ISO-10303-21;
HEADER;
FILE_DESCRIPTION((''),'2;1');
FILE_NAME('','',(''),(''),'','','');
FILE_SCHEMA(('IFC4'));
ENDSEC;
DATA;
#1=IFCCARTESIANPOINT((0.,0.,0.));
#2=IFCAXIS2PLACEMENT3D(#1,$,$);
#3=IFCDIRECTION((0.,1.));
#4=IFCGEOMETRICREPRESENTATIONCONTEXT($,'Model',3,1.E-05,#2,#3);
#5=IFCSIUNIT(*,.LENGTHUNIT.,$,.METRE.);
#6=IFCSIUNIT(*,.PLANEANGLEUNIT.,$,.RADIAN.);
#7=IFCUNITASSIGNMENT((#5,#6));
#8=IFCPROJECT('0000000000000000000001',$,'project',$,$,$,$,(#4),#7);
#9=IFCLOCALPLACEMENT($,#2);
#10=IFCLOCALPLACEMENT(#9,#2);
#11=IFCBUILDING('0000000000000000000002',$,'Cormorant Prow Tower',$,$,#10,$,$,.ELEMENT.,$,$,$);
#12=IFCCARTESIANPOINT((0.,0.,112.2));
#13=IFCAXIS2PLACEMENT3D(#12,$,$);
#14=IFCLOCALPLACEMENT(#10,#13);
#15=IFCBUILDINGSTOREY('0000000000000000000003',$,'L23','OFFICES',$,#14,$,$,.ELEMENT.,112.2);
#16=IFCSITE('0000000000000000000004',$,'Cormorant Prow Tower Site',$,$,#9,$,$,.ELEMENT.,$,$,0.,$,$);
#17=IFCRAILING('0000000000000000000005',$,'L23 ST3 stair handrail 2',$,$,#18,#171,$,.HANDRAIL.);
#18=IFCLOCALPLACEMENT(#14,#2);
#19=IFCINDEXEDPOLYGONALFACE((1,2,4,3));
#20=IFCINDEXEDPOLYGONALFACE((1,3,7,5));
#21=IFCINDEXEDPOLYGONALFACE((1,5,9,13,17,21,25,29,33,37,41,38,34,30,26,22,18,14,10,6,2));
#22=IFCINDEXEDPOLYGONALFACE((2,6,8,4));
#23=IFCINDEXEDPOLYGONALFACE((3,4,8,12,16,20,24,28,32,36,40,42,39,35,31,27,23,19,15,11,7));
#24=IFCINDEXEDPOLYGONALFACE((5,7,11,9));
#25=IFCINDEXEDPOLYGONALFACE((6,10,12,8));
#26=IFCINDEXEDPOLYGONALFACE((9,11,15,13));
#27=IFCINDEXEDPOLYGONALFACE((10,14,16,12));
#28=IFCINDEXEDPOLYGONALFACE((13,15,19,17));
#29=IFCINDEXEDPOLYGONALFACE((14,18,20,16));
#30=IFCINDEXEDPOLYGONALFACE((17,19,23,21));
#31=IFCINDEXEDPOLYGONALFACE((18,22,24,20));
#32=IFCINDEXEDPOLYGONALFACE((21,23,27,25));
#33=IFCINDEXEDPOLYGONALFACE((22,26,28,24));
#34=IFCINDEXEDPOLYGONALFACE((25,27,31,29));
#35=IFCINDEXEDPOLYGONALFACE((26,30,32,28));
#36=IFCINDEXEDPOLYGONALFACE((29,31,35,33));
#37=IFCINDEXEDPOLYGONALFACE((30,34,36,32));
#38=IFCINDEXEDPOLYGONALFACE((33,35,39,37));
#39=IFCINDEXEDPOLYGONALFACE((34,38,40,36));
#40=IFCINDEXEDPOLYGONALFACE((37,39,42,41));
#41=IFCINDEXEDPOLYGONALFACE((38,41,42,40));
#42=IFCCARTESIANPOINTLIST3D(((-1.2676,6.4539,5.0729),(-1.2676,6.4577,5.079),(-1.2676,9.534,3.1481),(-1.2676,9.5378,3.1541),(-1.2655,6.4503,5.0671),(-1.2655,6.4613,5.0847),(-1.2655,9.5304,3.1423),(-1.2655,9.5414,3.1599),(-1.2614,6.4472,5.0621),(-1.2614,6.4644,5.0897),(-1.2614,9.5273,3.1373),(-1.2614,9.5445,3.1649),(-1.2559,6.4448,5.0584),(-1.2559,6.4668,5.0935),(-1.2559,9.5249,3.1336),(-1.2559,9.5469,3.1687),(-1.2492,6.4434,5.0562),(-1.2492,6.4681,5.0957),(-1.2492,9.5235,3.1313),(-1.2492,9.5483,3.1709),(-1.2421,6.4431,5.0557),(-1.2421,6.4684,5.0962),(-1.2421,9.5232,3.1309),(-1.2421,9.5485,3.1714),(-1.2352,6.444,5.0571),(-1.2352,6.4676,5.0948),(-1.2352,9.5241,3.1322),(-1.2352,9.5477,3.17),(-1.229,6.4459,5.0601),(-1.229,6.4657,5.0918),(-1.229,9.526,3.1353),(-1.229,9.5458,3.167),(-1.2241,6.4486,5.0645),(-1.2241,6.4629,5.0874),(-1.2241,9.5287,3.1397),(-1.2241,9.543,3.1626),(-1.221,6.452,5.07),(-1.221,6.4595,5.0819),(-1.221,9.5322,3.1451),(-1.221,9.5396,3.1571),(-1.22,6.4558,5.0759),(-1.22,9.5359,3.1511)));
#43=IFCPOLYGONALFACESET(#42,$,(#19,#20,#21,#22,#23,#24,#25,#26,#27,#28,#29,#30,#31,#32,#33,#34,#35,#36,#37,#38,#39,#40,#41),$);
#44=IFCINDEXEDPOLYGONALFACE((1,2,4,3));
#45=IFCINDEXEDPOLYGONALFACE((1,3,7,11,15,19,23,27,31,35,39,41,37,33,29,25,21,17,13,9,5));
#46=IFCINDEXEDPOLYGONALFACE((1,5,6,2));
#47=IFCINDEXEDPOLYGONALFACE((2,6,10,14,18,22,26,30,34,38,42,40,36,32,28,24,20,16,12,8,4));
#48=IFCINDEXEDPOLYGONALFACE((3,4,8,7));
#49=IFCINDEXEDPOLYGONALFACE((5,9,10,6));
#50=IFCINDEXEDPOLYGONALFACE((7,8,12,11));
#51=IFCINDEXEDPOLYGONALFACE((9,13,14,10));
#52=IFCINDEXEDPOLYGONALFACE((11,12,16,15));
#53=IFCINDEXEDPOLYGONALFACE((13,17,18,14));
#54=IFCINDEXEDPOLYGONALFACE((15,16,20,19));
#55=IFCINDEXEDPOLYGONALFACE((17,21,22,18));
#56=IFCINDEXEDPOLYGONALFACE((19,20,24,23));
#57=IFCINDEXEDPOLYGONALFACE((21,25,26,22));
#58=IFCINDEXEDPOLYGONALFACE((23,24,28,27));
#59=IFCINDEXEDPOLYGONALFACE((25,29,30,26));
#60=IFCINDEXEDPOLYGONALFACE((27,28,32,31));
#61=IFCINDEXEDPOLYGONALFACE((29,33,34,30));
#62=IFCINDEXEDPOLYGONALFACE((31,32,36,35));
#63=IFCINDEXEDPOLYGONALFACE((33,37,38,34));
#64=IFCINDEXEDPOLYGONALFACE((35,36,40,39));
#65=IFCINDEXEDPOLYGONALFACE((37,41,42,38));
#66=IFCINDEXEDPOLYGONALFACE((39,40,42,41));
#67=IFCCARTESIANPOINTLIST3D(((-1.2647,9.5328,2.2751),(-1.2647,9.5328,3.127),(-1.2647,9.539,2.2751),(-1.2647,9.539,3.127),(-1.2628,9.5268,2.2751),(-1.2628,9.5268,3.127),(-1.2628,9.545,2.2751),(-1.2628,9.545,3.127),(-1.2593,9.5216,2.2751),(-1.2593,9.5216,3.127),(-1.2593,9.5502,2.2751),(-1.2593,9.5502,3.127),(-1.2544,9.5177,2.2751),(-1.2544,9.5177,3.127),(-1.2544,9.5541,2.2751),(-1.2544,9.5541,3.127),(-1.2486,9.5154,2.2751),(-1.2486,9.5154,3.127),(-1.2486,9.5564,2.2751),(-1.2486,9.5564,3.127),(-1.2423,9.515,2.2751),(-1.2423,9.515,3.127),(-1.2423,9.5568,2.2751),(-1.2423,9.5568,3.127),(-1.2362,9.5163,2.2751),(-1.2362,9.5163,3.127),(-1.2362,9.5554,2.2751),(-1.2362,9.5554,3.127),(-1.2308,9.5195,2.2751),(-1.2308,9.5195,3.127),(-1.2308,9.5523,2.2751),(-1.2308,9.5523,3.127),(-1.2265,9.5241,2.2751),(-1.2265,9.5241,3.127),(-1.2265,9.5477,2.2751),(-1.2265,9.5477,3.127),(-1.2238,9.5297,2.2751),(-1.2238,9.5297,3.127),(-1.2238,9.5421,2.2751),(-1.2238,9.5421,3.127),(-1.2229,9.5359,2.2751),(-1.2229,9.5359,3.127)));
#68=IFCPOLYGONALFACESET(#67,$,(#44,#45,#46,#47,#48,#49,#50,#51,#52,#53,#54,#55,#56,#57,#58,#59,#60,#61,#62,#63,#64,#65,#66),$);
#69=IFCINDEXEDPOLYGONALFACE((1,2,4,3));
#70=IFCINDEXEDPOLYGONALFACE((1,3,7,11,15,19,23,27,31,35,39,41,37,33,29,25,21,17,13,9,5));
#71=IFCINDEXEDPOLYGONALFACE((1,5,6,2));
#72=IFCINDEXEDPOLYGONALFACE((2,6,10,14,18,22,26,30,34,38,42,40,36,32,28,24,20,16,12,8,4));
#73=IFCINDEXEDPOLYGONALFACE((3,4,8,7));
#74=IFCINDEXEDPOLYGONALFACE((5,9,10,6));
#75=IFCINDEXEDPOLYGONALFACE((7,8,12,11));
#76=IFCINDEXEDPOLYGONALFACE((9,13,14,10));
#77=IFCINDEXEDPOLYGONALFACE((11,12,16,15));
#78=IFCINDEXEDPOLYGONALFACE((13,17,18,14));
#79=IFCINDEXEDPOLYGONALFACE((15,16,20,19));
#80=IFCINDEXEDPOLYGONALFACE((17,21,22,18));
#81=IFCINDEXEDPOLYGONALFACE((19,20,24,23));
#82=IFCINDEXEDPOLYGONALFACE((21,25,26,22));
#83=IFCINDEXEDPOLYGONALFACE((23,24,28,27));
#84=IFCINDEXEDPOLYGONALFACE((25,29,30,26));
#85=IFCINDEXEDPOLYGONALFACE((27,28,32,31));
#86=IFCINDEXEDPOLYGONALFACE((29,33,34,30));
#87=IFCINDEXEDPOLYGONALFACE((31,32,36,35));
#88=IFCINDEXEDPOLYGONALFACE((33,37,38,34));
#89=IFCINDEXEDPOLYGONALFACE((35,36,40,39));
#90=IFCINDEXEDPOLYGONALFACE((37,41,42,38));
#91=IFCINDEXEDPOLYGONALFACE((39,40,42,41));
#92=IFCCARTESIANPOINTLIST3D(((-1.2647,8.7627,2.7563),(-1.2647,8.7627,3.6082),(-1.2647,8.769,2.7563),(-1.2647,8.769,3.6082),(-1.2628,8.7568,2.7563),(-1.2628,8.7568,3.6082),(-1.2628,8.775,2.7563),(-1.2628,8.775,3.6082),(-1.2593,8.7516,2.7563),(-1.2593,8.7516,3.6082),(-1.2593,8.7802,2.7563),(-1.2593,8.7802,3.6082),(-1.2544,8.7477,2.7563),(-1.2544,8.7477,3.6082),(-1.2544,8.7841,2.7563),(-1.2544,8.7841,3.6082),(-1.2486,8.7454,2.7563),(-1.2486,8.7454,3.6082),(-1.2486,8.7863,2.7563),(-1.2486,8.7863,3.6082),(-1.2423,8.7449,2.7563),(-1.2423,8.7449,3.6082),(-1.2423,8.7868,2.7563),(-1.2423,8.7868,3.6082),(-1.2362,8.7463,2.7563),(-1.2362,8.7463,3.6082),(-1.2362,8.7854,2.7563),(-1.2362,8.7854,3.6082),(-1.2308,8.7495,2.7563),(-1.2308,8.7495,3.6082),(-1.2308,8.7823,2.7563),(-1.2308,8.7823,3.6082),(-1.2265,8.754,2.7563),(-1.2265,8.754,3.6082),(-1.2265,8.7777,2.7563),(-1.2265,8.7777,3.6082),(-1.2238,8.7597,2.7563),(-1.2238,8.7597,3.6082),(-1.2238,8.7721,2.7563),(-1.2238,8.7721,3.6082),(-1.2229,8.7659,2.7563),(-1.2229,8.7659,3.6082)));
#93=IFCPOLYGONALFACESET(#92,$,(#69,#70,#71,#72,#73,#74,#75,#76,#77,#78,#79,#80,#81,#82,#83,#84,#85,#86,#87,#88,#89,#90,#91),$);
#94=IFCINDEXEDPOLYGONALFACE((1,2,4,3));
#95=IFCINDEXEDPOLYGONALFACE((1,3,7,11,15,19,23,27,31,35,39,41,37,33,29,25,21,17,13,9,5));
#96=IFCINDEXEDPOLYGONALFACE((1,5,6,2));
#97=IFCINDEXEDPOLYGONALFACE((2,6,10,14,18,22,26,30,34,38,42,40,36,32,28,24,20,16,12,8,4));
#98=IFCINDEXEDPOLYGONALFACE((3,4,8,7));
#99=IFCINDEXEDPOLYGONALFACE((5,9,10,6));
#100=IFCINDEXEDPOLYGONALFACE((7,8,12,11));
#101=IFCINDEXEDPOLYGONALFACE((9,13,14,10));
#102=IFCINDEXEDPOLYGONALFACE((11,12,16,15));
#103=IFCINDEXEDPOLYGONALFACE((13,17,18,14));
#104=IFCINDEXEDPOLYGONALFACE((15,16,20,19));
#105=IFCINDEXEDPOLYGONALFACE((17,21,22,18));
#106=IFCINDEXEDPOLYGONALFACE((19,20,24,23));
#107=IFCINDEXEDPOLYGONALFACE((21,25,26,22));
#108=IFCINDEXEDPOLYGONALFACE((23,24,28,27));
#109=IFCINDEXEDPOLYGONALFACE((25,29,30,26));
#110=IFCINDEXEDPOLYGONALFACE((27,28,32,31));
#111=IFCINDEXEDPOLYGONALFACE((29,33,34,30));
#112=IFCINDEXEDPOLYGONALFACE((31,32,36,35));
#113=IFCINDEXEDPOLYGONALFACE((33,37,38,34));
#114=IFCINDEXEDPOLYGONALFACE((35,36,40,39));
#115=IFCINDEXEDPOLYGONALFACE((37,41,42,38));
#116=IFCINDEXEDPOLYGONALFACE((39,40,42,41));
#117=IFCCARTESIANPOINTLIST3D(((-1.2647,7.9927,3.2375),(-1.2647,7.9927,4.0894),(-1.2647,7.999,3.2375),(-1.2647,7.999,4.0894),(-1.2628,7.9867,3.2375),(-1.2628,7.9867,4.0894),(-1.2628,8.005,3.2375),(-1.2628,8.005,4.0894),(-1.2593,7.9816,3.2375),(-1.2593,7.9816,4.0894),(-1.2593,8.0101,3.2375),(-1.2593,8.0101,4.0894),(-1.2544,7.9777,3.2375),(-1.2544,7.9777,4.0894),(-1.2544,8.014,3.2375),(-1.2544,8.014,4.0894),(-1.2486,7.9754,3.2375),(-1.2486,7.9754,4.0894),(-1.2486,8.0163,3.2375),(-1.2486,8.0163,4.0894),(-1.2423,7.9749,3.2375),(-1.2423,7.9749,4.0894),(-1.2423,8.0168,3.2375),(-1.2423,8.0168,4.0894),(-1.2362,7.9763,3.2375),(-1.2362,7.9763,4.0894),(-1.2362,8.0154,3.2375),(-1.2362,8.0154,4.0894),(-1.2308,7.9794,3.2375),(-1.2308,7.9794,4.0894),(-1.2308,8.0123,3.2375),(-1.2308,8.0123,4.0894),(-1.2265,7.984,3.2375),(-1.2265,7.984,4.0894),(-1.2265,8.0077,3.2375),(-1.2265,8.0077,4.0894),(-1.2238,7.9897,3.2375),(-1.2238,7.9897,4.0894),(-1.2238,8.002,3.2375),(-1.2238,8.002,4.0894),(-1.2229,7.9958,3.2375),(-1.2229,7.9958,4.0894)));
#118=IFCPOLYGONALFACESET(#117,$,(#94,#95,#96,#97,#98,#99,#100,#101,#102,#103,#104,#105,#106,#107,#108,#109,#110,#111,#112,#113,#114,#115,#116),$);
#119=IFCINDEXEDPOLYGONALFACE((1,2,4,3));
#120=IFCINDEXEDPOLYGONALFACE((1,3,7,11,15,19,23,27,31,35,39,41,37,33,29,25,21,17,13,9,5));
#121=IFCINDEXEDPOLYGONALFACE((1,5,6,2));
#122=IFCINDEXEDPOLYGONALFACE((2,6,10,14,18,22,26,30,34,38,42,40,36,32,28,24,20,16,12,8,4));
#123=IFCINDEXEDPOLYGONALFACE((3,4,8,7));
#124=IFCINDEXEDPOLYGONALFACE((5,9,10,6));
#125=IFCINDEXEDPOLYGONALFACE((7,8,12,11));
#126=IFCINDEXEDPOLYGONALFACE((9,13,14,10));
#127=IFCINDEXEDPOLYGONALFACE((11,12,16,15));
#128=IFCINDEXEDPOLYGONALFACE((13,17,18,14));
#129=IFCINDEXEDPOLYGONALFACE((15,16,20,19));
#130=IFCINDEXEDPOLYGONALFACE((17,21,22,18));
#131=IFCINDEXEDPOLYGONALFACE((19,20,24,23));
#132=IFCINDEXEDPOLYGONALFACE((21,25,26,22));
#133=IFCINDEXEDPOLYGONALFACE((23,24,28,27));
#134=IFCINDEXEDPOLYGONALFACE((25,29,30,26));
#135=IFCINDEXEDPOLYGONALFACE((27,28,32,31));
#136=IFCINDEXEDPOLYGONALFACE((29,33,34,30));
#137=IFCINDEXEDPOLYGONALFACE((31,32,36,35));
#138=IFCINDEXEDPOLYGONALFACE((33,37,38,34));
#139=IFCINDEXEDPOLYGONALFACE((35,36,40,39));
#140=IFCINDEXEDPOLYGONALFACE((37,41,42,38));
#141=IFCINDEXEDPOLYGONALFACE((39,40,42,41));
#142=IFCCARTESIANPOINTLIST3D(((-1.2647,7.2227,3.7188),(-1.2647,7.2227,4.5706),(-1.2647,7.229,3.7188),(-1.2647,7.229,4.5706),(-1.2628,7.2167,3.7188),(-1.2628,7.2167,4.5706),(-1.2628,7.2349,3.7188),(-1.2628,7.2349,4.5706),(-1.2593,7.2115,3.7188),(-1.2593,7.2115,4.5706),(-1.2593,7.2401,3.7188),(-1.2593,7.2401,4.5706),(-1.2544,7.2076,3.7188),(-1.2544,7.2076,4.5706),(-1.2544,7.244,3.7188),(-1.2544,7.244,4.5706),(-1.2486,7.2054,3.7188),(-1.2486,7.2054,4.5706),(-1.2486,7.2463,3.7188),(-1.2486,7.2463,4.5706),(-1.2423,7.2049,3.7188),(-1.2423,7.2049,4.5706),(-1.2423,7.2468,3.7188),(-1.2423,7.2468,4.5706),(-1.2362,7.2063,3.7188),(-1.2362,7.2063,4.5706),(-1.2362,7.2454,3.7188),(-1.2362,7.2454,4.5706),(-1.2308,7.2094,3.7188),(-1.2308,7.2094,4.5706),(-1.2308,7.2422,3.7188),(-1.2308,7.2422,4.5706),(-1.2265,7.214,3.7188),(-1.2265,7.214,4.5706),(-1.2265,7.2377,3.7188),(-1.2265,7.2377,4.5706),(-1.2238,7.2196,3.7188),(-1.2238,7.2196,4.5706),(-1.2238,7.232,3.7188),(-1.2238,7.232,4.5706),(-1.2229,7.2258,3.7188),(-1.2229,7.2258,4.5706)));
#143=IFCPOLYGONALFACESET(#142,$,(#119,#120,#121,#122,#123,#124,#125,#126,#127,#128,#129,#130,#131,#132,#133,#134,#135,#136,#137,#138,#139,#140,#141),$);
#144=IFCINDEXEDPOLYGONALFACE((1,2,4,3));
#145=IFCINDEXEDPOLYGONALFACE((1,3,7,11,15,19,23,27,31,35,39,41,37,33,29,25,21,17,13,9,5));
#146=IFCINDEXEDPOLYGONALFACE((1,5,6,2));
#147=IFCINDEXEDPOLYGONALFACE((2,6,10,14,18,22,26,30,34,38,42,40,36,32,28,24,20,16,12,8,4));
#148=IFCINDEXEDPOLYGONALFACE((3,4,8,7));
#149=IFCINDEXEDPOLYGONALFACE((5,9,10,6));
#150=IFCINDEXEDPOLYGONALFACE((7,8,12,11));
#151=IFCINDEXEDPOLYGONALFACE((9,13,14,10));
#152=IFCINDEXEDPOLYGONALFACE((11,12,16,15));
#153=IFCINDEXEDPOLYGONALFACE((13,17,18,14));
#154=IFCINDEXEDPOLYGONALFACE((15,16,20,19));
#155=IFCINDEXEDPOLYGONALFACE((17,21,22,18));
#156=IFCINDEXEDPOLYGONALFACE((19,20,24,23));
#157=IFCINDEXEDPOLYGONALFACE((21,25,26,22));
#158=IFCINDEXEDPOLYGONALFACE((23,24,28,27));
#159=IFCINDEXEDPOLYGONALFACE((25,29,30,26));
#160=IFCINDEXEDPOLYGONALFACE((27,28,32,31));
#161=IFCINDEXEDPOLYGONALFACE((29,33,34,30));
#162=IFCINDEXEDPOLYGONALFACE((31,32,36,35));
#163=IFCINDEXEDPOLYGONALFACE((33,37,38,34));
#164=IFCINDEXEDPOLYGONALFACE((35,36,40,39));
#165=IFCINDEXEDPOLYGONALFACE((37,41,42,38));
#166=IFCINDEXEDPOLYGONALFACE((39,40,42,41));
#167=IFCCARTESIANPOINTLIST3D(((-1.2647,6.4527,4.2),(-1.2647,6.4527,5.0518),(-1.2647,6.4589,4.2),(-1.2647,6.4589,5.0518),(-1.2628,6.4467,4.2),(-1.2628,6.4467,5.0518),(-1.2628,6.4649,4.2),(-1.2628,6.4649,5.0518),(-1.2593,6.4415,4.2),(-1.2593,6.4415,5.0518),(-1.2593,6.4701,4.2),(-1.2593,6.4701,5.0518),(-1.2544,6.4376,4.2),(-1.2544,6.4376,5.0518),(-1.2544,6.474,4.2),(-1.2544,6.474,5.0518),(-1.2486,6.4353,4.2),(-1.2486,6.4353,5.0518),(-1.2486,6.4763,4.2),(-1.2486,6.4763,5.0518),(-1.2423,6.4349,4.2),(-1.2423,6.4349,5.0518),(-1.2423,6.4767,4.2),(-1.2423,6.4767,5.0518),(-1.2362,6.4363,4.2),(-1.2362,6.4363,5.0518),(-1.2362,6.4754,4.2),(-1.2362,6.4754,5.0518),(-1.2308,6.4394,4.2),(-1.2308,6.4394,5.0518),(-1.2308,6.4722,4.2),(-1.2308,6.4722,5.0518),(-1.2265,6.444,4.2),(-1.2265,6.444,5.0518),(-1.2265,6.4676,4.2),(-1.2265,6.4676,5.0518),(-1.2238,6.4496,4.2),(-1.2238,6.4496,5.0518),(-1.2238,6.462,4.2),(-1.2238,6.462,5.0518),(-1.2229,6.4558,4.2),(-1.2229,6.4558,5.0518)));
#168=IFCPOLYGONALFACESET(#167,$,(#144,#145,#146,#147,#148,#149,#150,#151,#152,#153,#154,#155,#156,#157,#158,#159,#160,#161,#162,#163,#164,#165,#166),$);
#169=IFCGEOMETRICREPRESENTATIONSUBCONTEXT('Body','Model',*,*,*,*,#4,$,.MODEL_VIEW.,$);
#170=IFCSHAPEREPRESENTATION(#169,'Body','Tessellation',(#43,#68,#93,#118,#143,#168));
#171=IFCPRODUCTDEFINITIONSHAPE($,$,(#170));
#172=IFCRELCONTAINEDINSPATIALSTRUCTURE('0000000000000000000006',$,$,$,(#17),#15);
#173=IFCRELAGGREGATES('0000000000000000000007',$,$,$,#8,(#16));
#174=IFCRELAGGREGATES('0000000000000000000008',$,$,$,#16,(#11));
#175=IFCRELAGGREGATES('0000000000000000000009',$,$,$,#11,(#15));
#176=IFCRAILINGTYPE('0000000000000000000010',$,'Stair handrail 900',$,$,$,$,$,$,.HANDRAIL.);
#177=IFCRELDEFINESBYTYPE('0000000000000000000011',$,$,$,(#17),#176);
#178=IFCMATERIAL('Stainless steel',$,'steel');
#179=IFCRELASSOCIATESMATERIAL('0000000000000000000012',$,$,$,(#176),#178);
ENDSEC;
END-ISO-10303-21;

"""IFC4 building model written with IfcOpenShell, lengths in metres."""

from ifc_helpers import new_model, si_unit, direction, frame, origin, origin_2d, place, context, subcontext, project, spatial, circle, extrude, material, type_object, element, save


model = new_model("IFC4")

# Units and contexts
model_context = context("Model", 3, precision=1e-05, world=origin(), true_north=direction((0.0, 1.0)))
body_context = subcontext(model_context, "Body", "Model", "MODEL_VIEW")
ifc_project = project(units=[si_unit("LENGTHUNIT", "METRE"), si_unit("PLANEANGLEUNIT", "RADIAN")], contexts=[model_context])

# Site, building, storey
site_placement = place(None, origin())
site = spatial("IfcSite", under=ifc_project, at=site_placement, Name="Cormorant Prow Tower Site", CompositionType="ELEMENT", RefElevation=0.0)
building_placement = place(site_placement, origin())
building = spatial("IfcBuilding", under=site, at=building_placement, Name="Cormorant Prow Tower", CompositionType="ELEMENT")
storey_placement = place(building_placement, frame((0.0, 0.0, 112.2)))
storey = spatial("IfcBuildingStorey", under=building, at=storey_placement, Name="L23", Description="OFFICES", CompositionType="ELEMENT", Elevation=112.2)

# Railing
ifc_material_1 = material(Name="Stainless steel", Category="steel")
railing_type = type_object("IfcRailingType", Name="Stair handrail 900", PredefinedType="HANDRAIL", material=ifc_material_1)
railing_1_placement = place(storey_placement, frame((-1.2439, 9.5359, 2.2751)))
element("IfcRailing", 1, at=railing_1_placement, inside=storey, type_object=railing_type, Name="L23 ST3 stair handrail 2", PredefinedType="HANDRAIL", context=body_context, shape_type="SweptSolid", body=[
    extrude(circle(Radius=0.0239, at=origin_2d()), frame((0.0, 0.0, 0.876), z_axis=(0.0, -0.848029, 0.529951), x_axis=(1.0, 0.0, 0.0)), (0.0, 0.0, 1.0), 3.6321),
    extrude(circle(Radius=0.021, at=origin_2d()), origin(), (0.0, 0.0, 1.0), 0.8518),
    extrude(circle(Radius=0.021, at=origin_2d()), frame((0.0, -0.77, 0.4812)), (0.0, 0.0, 1.0), 0.8518),
    extrude(circle(Radius=0.021, at=origin_2d()), frame((0.0, -1.54, 0.9624)), (0.0, 0.0, 1.0), 0.8518),
    extrude(circle(Radius=0.021, at=origin_2d()), frame((0.0, -2.3101, 1.4436)), (0.0, 0.0, 1.0), 0.8518),
    extrude(circle(Radius=0.021, at=origin_2d()), frame((0.0, -3.0801, 1.9248)), (0.0, 0.0, 1.0), 0.8518),
])

save(model, "model.ifc")
